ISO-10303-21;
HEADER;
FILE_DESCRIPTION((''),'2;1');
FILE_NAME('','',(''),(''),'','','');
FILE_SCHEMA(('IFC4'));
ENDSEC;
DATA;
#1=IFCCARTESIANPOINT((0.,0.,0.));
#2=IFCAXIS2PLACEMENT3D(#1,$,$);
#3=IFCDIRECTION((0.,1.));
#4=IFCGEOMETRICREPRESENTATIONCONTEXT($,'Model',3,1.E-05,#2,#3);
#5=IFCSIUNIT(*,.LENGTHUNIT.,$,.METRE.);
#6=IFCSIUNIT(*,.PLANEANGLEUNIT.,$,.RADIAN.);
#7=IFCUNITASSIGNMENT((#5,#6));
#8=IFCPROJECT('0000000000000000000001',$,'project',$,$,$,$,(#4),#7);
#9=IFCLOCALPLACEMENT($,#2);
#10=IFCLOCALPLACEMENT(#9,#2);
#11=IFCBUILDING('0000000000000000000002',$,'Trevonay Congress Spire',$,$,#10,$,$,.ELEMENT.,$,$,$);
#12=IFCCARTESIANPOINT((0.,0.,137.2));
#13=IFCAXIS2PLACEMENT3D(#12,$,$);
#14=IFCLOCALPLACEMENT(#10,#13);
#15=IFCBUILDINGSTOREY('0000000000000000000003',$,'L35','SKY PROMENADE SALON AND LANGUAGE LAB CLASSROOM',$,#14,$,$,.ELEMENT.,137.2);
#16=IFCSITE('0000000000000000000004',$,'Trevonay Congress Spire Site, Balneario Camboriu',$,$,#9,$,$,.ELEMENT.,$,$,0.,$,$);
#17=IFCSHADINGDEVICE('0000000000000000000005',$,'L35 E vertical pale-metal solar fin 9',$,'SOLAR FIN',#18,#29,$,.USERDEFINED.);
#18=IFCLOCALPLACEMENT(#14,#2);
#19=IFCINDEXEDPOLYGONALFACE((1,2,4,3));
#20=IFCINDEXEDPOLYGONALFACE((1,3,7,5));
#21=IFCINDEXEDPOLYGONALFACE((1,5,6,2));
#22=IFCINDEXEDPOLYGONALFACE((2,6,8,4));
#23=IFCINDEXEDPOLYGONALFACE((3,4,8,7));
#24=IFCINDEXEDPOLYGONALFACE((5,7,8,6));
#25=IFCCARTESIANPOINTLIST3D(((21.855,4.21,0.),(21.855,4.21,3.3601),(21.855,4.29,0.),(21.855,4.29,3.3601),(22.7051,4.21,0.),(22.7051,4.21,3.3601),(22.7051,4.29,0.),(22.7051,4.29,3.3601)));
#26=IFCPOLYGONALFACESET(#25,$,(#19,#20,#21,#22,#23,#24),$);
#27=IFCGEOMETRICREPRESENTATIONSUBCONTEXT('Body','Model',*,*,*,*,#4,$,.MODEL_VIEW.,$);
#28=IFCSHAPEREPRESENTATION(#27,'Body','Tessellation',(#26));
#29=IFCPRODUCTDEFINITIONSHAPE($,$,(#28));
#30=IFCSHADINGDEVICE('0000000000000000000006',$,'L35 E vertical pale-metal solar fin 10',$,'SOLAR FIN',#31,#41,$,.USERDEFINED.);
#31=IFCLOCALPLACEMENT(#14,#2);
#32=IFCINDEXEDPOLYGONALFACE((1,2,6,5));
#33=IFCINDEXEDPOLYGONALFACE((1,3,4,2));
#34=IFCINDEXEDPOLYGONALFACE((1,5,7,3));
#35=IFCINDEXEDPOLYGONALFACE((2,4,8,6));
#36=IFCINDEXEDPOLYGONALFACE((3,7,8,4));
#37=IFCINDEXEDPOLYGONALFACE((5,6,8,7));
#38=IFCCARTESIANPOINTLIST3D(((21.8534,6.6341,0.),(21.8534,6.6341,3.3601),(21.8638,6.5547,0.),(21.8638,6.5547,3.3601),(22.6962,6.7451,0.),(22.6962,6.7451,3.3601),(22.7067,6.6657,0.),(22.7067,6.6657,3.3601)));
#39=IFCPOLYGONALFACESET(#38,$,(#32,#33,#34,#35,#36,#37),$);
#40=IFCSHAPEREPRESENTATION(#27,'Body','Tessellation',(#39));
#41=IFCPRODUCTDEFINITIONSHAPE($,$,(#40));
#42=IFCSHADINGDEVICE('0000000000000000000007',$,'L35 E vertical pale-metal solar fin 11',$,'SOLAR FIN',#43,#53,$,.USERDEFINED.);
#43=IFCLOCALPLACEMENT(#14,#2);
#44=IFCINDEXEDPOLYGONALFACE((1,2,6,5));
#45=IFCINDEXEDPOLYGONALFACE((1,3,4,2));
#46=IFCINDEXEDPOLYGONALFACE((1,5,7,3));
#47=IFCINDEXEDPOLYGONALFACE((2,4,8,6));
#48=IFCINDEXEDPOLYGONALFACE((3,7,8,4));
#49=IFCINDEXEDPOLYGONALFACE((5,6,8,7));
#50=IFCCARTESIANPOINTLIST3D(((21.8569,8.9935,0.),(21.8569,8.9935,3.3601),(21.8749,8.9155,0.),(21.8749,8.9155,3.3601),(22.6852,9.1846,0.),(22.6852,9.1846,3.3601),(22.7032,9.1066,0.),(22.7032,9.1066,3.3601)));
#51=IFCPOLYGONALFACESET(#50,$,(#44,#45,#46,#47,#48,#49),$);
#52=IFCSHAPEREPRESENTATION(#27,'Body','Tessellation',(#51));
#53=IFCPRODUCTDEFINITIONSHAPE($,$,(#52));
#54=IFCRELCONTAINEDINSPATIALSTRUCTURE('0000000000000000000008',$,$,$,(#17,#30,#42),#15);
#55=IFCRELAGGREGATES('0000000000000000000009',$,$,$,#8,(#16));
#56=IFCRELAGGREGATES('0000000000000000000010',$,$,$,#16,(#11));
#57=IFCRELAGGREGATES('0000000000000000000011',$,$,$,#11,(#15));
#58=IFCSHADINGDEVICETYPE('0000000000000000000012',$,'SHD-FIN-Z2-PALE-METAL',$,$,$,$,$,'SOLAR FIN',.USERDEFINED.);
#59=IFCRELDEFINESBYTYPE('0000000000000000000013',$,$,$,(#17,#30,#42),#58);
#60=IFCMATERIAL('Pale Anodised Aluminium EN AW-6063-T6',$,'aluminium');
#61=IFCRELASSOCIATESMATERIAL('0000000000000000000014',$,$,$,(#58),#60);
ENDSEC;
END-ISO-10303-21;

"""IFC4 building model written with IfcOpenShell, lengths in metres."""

from ifc_helpers import new_model, si_unit, direction, frame, origin, origin_2d, place, context, subcontext, project, spatial, rectangle, extrude, material, type_object, element, save


model = new_model("IFC4")

# Units and contexts
model_context = context("Model", 3, precision=1e-05, world=origin(), true_north=direction((0.0, 1.0)))
body_context = subcontext(model_context, "Body", "Model", "MODEL_VIEW")
ifc_project = project(units=[si_unit("LENGTHUNIT", "METRE"), si_unit("PLANEANGLEUNIT", "RADIAN")], contexts=[model_context])

# Site, building, storey
site_placement = place(None, origin())
site = spatial("IfcSite", under=ifc_project, at=site_placement, Name="Trevonay Congress Spire Site, Balneario Camboriu", CompositionType="ELEMENT", RefElevation=0.0)
building_placement = place(site_placement, origin())
building = spatial("IfcBuilding", under=site, at=building_placement, Name="Trevonay Congress Spire", CompositionType="ELEMENT")
storey_placement = place(building_placement, frame((0.0, 0.0, 137.2)))
storey = spatial("IfcBuildingStorey", under=building, at=storey_placement, Name="L35", Description="SKY PROMENADE SALON AND LANGUAGE LAB CLASSROOM", CompositionType="ELEMENT", Elevation=137.2)

# Shared definitions
ifc_material_1 = material(Name="Pale Anodised Aluminium EN AW-6063-T6", Category="aluminium")

# Shading devices
shading_device_type = type_object("IfcShadingDeviceType", Name="SHD-FIN-Z2-PALE-METAL", ElementType="SOLAR FIN", PredefinedType="USERDEFINED", material=ifc_material_1)
for number, where, z_axis, x_axis, name in (
    (1, (22.28, 4.25, 0.0), (0.0, 0.0, 1.0), (0.0, 1.0, 0.0), "L35 E vertical pale-metal solar fin 9"),
    (2, (22.28, 6.6499, 0.0), (0.0, 0.0, 1.0), (-0.130526, 0.991445, 0.0), "L35 E vertical pale-metal solar fin 10"),
    (3, (22.28, 9.05, 0.0), (0.0, 0.0, 1.0), (-0.224781, 0.974409, 0.0), "L35 E vertical pale-metal solar fin 11"),
):
    element("IfcShadingDevice", number, at=place(storey_placement, frame(where, z_axis=z_axis, x_axis=x_axis)), inside=storey, type_object=shading_device_type, Name=name, ObjectType="SOLAR FIN", PredefinedType="USERDEFINED", context=body_context, shape_type="SweptSolid", body=[
        extrude(rectangle(XDim=0.0801, YDim=0.8501, at=origin_2d()), origin(), (0.0, 0.0, 1.0), 3.3601),
    ])

save(model, "model.ifc")
